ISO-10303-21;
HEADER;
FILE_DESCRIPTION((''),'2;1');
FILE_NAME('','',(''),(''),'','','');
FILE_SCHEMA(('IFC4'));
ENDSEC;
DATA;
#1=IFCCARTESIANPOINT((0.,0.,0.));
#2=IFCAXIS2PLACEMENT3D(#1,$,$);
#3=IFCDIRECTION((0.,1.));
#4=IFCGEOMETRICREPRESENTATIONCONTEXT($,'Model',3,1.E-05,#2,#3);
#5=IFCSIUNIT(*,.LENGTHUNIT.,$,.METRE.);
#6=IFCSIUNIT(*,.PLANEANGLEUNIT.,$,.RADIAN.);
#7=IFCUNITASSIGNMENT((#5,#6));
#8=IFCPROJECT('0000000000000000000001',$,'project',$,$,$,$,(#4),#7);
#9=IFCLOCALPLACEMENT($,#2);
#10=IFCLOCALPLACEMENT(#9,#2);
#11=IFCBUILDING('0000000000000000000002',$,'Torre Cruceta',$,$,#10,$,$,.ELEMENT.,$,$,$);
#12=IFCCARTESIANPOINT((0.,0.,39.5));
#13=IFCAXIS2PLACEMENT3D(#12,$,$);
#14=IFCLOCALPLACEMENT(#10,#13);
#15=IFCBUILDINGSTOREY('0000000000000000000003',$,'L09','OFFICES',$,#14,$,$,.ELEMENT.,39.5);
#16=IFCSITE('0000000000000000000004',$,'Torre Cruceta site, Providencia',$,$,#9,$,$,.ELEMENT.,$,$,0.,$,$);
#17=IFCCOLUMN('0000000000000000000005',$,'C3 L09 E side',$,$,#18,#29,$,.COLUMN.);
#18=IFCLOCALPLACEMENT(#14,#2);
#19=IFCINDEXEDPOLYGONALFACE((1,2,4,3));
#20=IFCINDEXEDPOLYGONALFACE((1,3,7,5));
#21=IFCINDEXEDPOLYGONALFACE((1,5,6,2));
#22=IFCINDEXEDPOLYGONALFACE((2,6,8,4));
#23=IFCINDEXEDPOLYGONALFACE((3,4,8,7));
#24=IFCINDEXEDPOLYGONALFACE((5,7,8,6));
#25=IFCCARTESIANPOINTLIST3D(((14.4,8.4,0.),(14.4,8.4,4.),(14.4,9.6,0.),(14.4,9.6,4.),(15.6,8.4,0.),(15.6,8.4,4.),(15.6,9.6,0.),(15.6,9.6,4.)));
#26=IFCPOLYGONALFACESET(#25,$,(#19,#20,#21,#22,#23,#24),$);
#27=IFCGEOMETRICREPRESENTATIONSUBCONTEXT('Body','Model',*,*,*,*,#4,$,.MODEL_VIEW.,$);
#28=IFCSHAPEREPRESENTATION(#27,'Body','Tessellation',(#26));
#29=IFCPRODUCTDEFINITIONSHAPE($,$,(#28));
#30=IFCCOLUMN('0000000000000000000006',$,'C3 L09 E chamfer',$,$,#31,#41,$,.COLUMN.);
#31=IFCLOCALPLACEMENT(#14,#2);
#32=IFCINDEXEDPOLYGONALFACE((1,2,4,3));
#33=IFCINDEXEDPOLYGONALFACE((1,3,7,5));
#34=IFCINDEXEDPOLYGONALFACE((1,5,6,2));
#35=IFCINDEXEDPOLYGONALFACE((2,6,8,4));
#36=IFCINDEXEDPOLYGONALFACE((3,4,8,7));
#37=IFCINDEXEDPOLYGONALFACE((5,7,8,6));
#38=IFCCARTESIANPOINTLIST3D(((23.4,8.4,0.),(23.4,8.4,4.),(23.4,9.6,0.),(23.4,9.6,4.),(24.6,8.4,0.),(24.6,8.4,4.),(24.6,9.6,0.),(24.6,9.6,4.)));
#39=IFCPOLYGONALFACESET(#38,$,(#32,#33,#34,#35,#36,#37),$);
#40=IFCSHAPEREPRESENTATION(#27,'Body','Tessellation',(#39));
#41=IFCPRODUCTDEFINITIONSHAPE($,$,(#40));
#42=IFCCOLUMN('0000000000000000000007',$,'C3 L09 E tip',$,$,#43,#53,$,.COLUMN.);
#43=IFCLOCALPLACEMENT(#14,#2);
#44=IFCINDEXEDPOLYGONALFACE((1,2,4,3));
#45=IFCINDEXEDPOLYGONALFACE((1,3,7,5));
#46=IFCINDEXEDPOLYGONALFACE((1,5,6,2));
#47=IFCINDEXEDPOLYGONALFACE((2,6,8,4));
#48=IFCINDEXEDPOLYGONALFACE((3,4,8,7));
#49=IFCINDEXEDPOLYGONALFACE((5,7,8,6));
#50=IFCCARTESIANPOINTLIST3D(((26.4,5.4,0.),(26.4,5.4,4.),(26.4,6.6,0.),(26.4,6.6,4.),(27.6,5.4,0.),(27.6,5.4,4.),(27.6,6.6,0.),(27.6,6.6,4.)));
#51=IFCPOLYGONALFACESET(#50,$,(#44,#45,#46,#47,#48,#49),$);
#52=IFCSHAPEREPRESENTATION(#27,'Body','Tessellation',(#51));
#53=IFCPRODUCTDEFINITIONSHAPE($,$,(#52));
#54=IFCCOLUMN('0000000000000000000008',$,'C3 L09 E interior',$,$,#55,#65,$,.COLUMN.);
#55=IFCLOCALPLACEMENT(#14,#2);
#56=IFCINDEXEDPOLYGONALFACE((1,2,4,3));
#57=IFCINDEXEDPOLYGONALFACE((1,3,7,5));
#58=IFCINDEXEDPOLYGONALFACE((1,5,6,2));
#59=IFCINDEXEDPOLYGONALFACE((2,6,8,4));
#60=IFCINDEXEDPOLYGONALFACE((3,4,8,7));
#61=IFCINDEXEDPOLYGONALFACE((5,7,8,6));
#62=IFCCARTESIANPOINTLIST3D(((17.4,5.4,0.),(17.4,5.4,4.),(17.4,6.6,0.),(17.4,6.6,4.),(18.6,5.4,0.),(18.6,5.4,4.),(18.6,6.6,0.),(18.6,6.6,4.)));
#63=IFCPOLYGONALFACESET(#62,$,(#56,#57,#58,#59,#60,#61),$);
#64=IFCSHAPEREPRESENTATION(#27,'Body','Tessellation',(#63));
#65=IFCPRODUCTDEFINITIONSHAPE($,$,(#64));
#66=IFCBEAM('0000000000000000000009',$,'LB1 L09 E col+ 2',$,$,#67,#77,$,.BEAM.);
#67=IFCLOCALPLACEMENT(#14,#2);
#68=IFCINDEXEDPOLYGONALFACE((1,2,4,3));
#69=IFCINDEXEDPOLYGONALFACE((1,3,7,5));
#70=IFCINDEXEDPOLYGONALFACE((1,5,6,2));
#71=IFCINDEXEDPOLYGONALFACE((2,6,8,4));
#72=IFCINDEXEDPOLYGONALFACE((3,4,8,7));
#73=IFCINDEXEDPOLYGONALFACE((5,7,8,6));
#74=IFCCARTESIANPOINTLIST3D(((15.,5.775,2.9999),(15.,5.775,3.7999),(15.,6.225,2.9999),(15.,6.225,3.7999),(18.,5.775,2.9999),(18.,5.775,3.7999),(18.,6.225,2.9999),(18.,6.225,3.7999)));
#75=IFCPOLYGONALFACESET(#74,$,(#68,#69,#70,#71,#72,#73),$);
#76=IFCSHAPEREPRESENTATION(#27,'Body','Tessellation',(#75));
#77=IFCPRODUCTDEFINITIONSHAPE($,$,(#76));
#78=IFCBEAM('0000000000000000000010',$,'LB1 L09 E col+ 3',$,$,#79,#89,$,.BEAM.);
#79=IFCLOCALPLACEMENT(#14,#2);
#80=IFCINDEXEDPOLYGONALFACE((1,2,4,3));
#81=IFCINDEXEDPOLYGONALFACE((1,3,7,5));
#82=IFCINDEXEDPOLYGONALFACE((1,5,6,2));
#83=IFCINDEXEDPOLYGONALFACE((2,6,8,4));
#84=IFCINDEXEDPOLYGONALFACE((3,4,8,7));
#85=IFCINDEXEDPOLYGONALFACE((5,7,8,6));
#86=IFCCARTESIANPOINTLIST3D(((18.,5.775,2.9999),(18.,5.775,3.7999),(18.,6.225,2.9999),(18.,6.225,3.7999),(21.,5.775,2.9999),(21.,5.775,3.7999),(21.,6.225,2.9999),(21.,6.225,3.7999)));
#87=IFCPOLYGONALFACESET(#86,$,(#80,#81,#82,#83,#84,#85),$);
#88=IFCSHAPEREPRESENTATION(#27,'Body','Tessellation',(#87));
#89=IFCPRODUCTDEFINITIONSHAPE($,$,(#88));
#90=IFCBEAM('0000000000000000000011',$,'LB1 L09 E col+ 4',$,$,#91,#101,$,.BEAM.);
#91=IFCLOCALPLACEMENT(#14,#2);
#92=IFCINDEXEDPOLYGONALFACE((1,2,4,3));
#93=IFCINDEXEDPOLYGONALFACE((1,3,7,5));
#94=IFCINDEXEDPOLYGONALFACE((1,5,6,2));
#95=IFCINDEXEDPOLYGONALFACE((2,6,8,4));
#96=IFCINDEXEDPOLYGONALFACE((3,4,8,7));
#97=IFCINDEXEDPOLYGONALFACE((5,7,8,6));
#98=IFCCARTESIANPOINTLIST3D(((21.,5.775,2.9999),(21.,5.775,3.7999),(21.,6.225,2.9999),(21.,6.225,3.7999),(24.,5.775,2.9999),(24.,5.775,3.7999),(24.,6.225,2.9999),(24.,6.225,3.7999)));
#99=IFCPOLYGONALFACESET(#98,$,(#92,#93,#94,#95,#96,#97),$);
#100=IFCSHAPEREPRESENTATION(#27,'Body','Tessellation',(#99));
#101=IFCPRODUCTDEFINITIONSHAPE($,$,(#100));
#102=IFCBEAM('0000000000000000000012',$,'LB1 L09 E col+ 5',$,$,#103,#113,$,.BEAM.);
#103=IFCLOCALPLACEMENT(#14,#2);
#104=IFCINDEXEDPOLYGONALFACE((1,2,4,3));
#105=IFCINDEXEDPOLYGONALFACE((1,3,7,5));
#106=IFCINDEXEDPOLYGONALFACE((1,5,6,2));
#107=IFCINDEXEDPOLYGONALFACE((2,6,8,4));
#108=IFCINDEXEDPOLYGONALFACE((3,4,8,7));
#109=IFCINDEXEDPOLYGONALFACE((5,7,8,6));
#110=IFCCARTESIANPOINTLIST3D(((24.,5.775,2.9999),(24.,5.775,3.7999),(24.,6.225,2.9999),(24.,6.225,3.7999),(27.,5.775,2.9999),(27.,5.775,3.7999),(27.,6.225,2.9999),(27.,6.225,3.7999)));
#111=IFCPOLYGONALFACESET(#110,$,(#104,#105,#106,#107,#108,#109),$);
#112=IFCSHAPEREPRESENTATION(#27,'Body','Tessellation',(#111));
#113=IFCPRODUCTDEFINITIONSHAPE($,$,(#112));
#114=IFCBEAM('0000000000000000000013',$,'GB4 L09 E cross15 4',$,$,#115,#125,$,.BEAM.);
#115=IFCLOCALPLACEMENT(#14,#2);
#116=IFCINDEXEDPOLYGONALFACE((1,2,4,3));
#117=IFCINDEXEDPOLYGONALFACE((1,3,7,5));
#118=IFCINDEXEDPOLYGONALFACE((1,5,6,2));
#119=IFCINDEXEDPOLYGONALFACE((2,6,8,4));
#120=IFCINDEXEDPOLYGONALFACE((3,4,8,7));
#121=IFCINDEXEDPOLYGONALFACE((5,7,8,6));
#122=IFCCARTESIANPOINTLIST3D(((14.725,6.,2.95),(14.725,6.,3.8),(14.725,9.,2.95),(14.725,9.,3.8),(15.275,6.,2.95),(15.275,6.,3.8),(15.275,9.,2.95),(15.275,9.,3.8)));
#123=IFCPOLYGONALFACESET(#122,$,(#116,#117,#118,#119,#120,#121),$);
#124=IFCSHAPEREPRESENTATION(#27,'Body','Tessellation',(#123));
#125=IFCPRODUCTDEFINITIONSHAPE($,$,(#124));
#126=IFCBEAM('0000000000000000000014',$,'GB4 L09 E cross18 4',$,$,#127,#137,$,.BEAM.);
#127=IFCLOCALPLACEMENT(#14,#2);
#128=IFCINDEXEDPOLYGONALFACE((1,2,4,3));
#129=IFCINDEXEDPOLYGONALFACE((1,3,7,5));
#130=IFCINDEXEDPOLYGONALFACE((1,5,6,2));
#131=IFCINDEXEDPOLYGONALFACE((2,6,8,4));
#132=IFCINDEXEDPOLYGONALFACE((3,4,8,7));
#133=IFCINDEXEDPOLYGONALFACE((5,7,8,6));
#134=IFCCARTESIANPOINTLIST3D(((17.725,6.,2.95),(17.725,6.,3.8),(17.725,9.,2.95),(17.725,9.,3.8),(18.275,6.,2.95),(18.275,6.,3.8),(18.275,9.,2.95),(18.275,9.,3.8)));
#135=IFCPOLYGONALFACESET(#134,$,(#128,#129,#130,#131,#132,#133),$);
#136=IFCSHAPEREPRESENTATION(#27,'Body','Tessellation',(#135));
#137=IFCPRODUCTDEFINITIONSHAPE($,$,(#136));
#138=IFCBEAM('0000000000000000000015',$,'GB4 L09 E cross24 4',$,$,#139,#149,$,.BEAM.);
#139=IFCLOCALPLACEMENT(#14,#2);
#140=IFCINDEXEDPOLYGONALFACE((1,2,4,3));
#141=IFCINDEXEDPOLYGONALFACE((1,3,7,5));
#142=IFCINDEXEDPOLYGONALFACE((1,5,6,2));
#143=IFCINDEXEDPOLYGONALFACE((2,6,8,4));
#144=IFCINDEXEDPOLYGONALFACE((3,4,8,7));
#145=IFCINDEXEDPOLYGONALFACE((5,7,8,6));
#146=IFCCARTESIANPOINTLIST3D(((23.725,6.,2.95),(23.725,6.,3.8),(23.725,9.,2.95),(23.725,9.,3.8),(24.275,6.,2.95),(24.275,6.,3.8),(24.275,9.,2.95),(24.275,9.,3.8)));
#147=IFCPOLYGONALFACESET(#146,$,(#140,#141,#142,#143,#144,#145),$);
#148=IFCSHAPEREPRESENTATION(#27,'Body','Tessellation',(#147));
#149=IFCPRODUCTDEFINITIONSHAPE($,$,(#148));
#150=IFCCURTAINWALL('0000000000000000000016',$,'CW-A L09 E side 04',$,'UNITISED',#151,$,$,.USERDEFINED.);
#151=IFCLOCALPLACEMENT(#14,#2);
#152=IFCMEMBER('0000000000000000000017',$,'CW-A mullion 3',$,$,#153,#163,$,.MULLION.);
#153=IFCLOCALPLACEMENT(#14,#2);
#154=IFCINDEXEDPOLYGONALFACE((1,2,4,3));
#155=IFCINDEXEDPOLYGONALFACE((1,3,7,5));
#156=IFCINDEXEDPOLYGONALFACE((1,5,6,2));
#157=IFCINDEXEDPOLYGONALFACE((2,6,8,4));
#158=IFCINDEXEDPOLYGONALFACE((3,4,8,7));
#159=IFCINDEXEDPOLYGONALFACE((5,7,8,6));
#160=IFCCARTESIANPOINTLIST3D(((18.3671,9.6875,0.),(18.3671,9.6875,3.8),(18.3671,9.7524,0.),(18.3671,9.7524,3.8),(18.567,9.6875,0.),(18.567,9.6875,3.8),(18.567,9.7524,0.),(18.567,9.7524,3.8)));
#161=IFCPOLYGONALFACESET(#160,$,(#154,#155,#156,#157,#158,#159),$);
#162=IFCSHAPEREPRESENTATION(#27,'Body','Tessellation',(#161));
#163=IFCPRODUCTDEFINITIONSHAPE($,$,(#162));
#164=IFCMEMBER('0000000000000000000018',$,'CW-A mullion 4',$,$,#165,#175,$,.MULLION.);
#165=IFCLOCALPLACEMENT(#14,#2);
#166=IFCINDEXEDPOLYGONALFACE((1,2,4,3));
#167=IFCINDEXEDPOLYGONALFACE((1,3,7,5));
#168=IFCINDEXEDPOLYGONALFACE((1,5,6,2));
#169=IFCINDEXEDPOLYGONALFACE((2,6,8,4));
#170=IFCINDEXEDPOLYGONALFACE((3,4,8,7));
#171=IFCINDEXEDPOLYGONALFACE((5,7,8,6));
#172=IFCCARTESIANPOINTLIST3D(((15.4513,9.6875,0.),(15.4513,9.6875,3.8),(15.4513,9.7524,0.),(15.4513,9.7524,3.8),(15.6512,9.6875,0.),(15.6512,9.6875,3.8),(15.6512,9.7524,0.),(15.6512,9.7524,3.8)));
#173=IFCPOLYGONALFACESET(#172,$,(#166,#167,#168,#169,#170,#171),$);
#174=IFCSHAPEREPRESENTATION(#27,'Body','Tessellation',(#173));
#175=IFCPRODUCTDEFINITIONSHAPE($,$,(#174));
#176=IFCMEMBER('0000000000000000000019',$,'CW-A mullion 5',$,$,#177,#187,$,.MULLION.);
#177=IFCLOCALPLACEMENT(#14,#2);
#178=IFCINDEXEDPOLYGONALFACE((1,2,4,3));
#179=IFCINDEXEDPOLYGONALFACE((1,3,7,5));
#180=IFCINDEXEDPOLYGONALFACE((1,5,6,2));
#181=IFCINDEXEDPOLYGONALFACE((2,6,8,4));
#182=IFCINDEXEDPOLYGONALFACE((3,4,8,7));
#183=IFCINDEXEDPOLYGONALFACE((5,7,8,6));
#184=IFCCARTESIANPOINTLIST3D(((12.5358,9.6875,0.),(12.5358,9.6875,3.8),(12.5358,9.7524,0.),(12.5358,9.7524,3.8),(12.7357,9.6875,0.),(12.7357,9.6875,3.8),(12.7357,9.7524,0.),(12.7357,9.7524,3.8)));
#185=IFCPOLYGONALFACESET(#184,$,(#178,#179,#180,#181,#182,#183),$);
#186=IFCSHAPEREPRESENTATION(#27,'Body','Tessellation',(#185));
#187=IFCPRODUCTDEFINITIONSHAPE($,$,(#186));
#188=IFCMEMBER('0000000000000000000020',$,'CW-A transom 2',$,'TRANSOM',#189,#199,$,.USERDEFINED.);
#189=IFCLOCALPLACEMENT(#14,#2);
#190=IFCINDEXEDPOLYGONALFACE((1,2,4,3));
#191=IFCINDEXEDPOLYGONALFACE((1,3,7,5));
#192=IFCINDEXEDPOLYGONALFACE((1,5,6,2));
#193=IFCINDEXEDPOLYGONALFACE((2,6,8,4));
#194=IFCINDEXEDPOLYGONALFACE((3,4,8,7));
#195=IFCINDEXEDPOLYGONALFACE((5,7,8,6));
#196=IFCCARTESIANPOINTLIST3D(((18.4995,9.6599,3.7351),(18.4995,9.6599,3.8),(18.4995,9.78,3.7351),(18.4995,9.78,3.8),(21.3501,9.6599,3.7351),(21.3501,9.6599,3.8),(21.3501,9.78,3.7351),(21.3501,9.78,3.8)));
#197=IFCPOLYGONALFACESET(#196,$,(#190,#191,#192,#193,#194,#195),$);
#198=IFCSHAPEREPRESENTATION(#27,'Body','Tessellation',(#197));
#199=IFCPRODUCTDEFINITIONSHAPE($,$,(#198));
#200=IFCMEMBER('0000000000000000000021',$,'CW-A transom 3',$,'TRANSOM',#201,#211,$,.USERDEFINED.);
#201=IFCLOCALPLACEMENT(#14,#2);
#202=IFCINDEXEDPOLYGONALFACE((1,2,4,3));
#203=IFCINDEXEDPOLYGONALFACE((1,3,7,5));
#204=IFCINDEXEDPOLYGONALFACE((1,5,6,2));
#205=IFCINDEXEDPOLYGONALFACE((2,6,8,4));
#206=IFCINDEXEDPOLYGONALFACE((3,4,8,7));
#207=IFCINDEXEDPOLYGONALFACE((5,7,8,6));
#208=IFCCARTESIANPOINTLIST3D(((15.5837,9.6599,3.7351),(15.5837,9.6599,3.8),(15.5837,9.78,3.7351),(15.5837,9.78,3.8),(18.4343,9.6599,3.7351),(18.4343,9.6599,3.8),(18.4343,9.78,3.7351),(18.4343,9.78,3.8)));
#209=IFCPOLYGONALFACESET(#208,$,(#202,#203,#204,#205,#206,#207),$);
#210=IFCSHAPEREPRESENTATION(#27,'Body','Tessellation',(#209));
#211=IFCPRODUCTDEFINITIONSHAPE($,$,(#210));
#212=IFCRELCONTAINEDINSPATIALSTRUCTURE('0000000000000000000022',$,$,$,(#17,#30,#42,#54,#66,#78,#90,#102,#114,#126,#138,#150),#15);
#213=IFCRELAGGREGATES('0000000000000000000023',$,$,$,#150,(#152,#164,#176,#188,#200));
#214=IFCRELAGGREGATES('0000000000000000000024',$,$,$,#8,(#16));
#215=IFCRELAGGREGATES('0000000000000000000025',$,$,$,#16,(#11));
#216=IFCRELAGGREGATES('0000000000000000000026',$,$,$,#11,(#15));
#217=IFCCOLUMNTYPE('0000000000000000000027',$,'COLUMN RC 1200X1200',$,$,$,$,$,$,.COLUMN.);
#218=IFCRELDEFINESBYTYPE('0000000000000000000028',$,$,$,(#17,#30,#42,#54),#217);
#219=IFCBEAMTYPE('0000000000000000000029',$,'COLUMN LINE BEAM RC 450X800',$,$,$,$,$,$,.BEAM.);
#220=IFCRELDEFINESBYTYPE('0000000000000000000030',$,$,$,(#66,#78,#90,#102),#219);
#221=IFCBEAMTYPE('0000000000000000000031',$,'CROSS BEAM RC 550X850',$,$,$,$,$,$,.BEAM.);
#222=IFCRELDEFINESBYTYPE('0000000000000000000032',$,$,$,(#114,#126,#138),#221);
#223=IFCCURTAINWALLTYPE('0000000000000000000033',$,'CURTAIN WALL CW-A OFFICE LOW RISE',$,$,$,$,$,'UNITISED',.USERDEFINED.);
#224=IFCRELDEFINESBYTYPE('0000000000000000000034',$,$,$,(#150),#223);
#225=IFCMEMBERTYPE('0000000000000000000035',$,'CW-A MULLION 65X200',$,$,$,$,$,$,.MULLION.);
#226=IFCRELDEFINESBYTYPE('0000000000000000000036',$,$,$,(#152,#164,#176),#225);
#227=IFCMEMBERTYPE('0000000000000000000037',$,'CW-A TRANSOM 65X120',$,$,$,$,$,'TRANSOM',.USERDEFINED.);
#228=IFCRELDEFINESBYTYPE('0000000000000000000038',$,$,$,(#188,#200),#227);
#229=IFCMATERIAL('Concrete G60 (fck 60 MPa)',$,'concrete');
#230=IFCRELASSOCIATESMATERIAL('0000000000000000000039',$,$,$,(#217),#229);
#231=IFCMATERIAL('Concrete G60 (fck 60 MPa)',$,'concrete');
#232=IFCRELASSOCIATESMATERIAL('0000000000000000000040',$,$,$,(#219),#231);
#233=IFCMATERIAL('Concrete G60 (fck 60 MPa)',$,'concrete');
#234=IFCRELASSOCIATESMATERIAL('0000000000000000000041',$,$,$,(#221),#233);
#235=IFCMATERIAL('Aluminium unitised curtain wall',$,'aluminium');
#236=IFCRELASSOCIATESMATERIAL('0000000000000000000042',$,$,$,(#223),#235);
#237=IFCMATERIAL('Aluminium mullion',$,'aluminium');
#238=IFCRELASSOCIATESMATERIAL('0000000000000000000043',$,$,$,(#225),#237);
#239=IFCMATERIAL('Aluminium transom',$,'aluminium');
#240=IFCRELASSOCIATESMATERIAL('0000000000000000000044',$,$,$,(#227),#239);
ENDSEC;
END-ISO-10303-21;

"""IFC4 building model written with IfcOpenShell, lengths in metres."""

from ifc_helpers import new_model, si_unit, direction, frame, origin, origin_2d, place, context, subcontext, project, spatial, rectangle, extrude, material, material_profile, profile_set, type_object, element, aggregate, save


model = new_model("IFC4")

# Units and contexts
model_context = context("Model", 3, precision=1e-05, world=origin(), true_north=direction((0.0, 1.0)))
body_context = subcontext(model_context, "Body", "Model", "MODEL_VIEW")
ifc_project = project(units=[si_unit("LENGTHUNIT", "METRE"), si_unit("PLANEANGLEUNIT", "RADIAN")], contexts=[model_context])

# Site, building, storey
site_placement = place(None, origin())
site = spatial("IfcSite", under=ifc_project, at=site_placement, Name="Torre Cruceta site, Providencia", CompositionType="ELEMENT", RefElevation=0.0)
building_placement = place(site_placement, origin())
building = spatial("IfcBuilding", under=site, at=building_placement, Name="Torre Cruceta", CompositionType="ELEMENT")
storey_placement = place(building_placement, frame((0.0, 0.0, 39.5)))
storey = spatial("IfcBuildingStorey", under=building, at=storey_placement, Name="L09", Description="OFFICES", CompositionType="ELEMENT", Elevation=39.5)

# Columns
ifc_material_1 = material(Name="Concrete G60 (fck 60 MPa)", Category="concrete")
ifc_material_profile_1 = material_profile(ifc_material_1, rectangle(XDim=1.2, YDim=1.2, at=origin_2d()), Name="RC 1200X1200")
ifc_profile_set_1 = profile_set([ifc_material_profile_1], Name="Concrete G60 (fck 60 MPa)")
column_type = type_object("IfcColumnType", Name="COLUMN RC 1200X1200", PredefinedType="COLUMN", material=ifc_profile_set_1)
for number, where, z_axis, x_axis, name in (
    (1, (15.0, 9.0, 0.0), (0.0, 0.0, 1.0), (1.0, 0.0, 0.0), "C3 L09 E side"),
    (2, (24.0, 9.0, 0.0), (0.0, 0.0, 1.0), (1.0, 0.0, 0.0), "C3 L09 E chamfer"),
    (3, (27.0, 6.0, 0.0), (0.0, 0.0, 1.0), (1.0, 0.0, 0.0), "C3 L09 E tip"),
    (4, (18.0, 6.0, 0.0), (0.0, 0.0, 1.0), (1.0, 0.0, 0.0), "C3 L09 E interior"),
):
    element("IfcColumn", number, at=place(storey_placement, frame(where, z_axis=z_axis, x_axis=x_axis)), inside=storey, type_object=column_type, Name=name, PredefinedType="COLUMN", context=body_context, shape_type="SweptSolid", body=[
        extrude(rectangle(XDim=1.2, YDim=1.2, at=origin_2d()), origin(), (0.0, 0.0, 1.0), 4.0),
    ])

# Beams
ifc_material_2 = material(Name="Concrete G60 (fck 60 MPa)", Category="concrete")
ifc_material_profile_2 = material_profile(ifc_material_2, rectangle(XDim=0.45, YDim=0.8, at=origin_2d()), Name="RC 450X800")
ifc_profile_set_2 = profile_set([ifc_material_profile_2], Name="Concrete G60 (fck 60 MPa)")
beam_type_1 = type_object("IfcBeamType", Name="COLUMN LINE BEAM RC 450X800", PredefinedType="BEAM", material=ifc_profile_set_2)
for number, where, z_axis, x_axis, name in (
    (5, (15.0, 6.0, 3.3999), (1.0, 0.0, 0.0), (0.0, 1.0, 0.0), "LB1 L09 E col+ 2"),
    (6, (18.0, 6.0, 3.3999), (1.0, 0.0, 0.0), (0.0, 1.0, 0.0), "LB1 L09 E col+ 3"),
    (7, (21.0, 6.0, 3.3999), (1.0, 0.0, 0.0), (0.0, 1.0, 0.0), "LB1 L09 E col+ 4"),
    (8, (24.0, 6.0, 3.3999), (1.0, 0.0, 0.0), (0.0, 1.0, 0.0), "LB1 L09 E col+ 5"),
):
    element("IfcBeam", number, at=place(storey_placement, frame(where, z_axis=z_axis, x_axis=x_axis)), inside=storey, type_object=beam_type_1, Name=name, PredefinedType="BEAM", context=body_context, shape_type="SweptSolid", body=[
        extrude(rectangle(XDim=0.45, YDim=0.8, at=origin_2d()), origin(), (0.0, 0.0, 1.0), 3.0),
    ])
ifc_material_3 = material(Name="Concrete G60 (fck 60 MPa)", Category="concrete")
ifc_material_profile_3 = material_profile(ifc_material_3, rectangle(XDim=0.55, YDim=0.8501, at=origin_2d()), Name="RC 550X850")
ifc_profile_set_3 = profile_set([ifc_material_profile_3], Name="Concrete G60 (fck 60 MPa)")
beam_type_2 = type_object("IfcBeamType", Name="CROSS BEAM RC 550X850", PredefinedType="BEAM", material=ifc_profile_set_3)
for number, where, z_axis, x_axis, name in (
    (9, (15.0, 6.0, 3.375), (0.0, 1.0, 0.0), (-1.0, 0.0, 0.0), "GB4 L09 E cross15 4"),
    (10, (18.0, 6.0, 3.375), (0.0, 1.0, 0.0), (-1.0, 0.0, 0.0), "GB4 L09 E cross18 4"),
    (11, (24.0, 6.0, 3.375), (0.0, 1.0, 0.0), (-1.0, 0.0, 0.0), "GB4 L09 E cross24 4"),
):
    element("IfcBeam", number, at=place(storey_placement, frame(where, z_axis=z_axis, x_axis=x_axis)), inside=storey, type_object=beam_type_2, Name=name, PredefinedType="BEAM", context=body_context, shape_type="SweptSolid", body=[
        extrude(rectangle(XDim=0.55, YDim=0.8501, at=origin_2d()), origin(), (0.0, 0.0, 1.0), 3.0),
    ])

# Curtain wall, members
ifc_material_4 = material(Name="Aluminium unitised curtain wall", Category="aluminium")
curtain_wall_type = type_object("IfcCurtainWallType", Name="CURTAIN WALL CW-A OFFICE LOW RISE", ElementType="UNITISED", PredefinedType="USERDEFINED", material=ifc_material_4)
curtain_wall_placement = place(storey_placement, origin())
curtain_wall = element("IfcCurtainWall", 12, at=curtain_wall_placement, inside=storey, type_object=curtain_wall_type, Name="CW-A L09 E side 04", ObjectType="UNITISED", PredefinedType="USERDEFINED")
ifc_material_5 = material(Name="Aluminium mullion", Category="aluminium")
ifc_material_profile_4 = material_profile(ifc_material_5, rectangle(XDim=0.0649, YDim=0.2, at=origin_2d()), Name="AL 65X200")
ifc_profile_set_4 = profile_set([ifc_material_profile_4], Name="Aluminium mullion")
member_type_1 = type_object("IfcMemberType", Name="CW-A MULLION 65X200", PredefinedType="MULLION", material=ifc_profile_set_4)
member_1_placement = place(storey_placement, frame((18.467, 9.72, 0.0), z_axis=(0.0, 0.0, 1.0), x_axis=(0.0, -1.0, 0.0)))
member_1 = element("IfcMember", 13, at=member_1_placement, type_object=member_type_1, Name="CW-A mullion 3", PredefinedType="MULLION", context=body_context, shape_type="SweptSolid", body=[
    extrude(rectangle(XDim=0.0649, YDim=0.2, at=origin_2d()), origin(), (0.0, 0.0, 1.0), 3.8),
])
member_2_placement = place(storey_placement, frame((15.5513, 9.72, 0.0), z_axis=(0.0, 0.0, 1.0), x_axis=(0.0, -1.0, 0.0)))
member_2 = element("IfcMember", 14, at=member_2_placement, type_object=member_type_1, Name="CW-A mullion 4", PredefinedType="MULLION", context=body_context, shape_type="SweptSolid", body=[
    extrude(rectangle(XDim=0.0649, YDim=0.2, at=origin_2d()), origin(), (0.0, 0.0, 1.0), 3.8),
])
member_3_placement = place(storey_placement, frame((12.6357, 9.72, 0.0), z_axis=(0.0, 0.0, 1.0), x_axis=(0.0, -1.0, 0.0)))
member_3 = element("IfcMember", 15, at=member_3_placement, type_object=member_type_1, Name="CW-A mullion 5", PredefinedType="MULLION", context=body_context, shape_type="SweptSolid", body=[
    extrude(rectangle(XDim=0.0649, YDim=0.2, at=origin_2d()), origin(), (0.0, 0.0, 1.0), 3.8),
])
ifc_material_6 = material(Name="Aluminium transom", Category="aluminium")
ifc_material_profile_5 = material_profile(ifc_material_6, rectangle(XDim=0.1201, YDim=0.0649, at=origin_2d()), Name="AL 120X65")
ifc_profile_set_5 = profile_set([ifc_material_profile_5], Name="Aluminium transom")
member_type_2 = type_object("IfcMemberType", Name="CW-A TRANSOM 65X120", ElementType="TRANSOM", PredefinedType="USERDEFINED", material=ifc_profile_set_5)
member_4_placement = place(storey_placement, frame((21.3501, 9.72, 3.7676), z_axis=(-1.0, 0.0, 0.0), x_axis=(0.0, -1.0, 0.0)))
member_4 = element("IfcMember", 16, at=member_4_placement, type_object=member_type_2, Name="CW-A transom 2", ObjectType="TRANSOM", PredefinedType="USERDEFINED", context=body_context, shape_type="SweptSolid", body=[
    extrude(rectangle(XDim=0.1201, YDim=0.0649, at=origin_2d()), origin(), (0.0, 0.0, 1.0), 2.8506),
])
member_5_placement = place(storey_placement, frame((18.4343, 9.72, 3.7676), z_axis=(-1.0, 0.0, 0.0), x_axis=(0.0, -1.0, 0.0)))
member_5 = element("IfcMember", 17, at=member_5_placement, type_object=member_type_2, Name="CW-A transom 3", ObjectType="TRANSOM", PredefinedType="USERDEFINED", context=body_context, shape_type="SweptSolid", body=[
    extrude(rectangle(XDim=0.1201, YDim=0.0649, at=origin_2d()), origin(), (0.0, 0.0, 1.0), 2.8506),
])

aggregate(curtain_wall, [member_1, member_2, member_3, member_4, member_5])

save(model, "model.ifc")
